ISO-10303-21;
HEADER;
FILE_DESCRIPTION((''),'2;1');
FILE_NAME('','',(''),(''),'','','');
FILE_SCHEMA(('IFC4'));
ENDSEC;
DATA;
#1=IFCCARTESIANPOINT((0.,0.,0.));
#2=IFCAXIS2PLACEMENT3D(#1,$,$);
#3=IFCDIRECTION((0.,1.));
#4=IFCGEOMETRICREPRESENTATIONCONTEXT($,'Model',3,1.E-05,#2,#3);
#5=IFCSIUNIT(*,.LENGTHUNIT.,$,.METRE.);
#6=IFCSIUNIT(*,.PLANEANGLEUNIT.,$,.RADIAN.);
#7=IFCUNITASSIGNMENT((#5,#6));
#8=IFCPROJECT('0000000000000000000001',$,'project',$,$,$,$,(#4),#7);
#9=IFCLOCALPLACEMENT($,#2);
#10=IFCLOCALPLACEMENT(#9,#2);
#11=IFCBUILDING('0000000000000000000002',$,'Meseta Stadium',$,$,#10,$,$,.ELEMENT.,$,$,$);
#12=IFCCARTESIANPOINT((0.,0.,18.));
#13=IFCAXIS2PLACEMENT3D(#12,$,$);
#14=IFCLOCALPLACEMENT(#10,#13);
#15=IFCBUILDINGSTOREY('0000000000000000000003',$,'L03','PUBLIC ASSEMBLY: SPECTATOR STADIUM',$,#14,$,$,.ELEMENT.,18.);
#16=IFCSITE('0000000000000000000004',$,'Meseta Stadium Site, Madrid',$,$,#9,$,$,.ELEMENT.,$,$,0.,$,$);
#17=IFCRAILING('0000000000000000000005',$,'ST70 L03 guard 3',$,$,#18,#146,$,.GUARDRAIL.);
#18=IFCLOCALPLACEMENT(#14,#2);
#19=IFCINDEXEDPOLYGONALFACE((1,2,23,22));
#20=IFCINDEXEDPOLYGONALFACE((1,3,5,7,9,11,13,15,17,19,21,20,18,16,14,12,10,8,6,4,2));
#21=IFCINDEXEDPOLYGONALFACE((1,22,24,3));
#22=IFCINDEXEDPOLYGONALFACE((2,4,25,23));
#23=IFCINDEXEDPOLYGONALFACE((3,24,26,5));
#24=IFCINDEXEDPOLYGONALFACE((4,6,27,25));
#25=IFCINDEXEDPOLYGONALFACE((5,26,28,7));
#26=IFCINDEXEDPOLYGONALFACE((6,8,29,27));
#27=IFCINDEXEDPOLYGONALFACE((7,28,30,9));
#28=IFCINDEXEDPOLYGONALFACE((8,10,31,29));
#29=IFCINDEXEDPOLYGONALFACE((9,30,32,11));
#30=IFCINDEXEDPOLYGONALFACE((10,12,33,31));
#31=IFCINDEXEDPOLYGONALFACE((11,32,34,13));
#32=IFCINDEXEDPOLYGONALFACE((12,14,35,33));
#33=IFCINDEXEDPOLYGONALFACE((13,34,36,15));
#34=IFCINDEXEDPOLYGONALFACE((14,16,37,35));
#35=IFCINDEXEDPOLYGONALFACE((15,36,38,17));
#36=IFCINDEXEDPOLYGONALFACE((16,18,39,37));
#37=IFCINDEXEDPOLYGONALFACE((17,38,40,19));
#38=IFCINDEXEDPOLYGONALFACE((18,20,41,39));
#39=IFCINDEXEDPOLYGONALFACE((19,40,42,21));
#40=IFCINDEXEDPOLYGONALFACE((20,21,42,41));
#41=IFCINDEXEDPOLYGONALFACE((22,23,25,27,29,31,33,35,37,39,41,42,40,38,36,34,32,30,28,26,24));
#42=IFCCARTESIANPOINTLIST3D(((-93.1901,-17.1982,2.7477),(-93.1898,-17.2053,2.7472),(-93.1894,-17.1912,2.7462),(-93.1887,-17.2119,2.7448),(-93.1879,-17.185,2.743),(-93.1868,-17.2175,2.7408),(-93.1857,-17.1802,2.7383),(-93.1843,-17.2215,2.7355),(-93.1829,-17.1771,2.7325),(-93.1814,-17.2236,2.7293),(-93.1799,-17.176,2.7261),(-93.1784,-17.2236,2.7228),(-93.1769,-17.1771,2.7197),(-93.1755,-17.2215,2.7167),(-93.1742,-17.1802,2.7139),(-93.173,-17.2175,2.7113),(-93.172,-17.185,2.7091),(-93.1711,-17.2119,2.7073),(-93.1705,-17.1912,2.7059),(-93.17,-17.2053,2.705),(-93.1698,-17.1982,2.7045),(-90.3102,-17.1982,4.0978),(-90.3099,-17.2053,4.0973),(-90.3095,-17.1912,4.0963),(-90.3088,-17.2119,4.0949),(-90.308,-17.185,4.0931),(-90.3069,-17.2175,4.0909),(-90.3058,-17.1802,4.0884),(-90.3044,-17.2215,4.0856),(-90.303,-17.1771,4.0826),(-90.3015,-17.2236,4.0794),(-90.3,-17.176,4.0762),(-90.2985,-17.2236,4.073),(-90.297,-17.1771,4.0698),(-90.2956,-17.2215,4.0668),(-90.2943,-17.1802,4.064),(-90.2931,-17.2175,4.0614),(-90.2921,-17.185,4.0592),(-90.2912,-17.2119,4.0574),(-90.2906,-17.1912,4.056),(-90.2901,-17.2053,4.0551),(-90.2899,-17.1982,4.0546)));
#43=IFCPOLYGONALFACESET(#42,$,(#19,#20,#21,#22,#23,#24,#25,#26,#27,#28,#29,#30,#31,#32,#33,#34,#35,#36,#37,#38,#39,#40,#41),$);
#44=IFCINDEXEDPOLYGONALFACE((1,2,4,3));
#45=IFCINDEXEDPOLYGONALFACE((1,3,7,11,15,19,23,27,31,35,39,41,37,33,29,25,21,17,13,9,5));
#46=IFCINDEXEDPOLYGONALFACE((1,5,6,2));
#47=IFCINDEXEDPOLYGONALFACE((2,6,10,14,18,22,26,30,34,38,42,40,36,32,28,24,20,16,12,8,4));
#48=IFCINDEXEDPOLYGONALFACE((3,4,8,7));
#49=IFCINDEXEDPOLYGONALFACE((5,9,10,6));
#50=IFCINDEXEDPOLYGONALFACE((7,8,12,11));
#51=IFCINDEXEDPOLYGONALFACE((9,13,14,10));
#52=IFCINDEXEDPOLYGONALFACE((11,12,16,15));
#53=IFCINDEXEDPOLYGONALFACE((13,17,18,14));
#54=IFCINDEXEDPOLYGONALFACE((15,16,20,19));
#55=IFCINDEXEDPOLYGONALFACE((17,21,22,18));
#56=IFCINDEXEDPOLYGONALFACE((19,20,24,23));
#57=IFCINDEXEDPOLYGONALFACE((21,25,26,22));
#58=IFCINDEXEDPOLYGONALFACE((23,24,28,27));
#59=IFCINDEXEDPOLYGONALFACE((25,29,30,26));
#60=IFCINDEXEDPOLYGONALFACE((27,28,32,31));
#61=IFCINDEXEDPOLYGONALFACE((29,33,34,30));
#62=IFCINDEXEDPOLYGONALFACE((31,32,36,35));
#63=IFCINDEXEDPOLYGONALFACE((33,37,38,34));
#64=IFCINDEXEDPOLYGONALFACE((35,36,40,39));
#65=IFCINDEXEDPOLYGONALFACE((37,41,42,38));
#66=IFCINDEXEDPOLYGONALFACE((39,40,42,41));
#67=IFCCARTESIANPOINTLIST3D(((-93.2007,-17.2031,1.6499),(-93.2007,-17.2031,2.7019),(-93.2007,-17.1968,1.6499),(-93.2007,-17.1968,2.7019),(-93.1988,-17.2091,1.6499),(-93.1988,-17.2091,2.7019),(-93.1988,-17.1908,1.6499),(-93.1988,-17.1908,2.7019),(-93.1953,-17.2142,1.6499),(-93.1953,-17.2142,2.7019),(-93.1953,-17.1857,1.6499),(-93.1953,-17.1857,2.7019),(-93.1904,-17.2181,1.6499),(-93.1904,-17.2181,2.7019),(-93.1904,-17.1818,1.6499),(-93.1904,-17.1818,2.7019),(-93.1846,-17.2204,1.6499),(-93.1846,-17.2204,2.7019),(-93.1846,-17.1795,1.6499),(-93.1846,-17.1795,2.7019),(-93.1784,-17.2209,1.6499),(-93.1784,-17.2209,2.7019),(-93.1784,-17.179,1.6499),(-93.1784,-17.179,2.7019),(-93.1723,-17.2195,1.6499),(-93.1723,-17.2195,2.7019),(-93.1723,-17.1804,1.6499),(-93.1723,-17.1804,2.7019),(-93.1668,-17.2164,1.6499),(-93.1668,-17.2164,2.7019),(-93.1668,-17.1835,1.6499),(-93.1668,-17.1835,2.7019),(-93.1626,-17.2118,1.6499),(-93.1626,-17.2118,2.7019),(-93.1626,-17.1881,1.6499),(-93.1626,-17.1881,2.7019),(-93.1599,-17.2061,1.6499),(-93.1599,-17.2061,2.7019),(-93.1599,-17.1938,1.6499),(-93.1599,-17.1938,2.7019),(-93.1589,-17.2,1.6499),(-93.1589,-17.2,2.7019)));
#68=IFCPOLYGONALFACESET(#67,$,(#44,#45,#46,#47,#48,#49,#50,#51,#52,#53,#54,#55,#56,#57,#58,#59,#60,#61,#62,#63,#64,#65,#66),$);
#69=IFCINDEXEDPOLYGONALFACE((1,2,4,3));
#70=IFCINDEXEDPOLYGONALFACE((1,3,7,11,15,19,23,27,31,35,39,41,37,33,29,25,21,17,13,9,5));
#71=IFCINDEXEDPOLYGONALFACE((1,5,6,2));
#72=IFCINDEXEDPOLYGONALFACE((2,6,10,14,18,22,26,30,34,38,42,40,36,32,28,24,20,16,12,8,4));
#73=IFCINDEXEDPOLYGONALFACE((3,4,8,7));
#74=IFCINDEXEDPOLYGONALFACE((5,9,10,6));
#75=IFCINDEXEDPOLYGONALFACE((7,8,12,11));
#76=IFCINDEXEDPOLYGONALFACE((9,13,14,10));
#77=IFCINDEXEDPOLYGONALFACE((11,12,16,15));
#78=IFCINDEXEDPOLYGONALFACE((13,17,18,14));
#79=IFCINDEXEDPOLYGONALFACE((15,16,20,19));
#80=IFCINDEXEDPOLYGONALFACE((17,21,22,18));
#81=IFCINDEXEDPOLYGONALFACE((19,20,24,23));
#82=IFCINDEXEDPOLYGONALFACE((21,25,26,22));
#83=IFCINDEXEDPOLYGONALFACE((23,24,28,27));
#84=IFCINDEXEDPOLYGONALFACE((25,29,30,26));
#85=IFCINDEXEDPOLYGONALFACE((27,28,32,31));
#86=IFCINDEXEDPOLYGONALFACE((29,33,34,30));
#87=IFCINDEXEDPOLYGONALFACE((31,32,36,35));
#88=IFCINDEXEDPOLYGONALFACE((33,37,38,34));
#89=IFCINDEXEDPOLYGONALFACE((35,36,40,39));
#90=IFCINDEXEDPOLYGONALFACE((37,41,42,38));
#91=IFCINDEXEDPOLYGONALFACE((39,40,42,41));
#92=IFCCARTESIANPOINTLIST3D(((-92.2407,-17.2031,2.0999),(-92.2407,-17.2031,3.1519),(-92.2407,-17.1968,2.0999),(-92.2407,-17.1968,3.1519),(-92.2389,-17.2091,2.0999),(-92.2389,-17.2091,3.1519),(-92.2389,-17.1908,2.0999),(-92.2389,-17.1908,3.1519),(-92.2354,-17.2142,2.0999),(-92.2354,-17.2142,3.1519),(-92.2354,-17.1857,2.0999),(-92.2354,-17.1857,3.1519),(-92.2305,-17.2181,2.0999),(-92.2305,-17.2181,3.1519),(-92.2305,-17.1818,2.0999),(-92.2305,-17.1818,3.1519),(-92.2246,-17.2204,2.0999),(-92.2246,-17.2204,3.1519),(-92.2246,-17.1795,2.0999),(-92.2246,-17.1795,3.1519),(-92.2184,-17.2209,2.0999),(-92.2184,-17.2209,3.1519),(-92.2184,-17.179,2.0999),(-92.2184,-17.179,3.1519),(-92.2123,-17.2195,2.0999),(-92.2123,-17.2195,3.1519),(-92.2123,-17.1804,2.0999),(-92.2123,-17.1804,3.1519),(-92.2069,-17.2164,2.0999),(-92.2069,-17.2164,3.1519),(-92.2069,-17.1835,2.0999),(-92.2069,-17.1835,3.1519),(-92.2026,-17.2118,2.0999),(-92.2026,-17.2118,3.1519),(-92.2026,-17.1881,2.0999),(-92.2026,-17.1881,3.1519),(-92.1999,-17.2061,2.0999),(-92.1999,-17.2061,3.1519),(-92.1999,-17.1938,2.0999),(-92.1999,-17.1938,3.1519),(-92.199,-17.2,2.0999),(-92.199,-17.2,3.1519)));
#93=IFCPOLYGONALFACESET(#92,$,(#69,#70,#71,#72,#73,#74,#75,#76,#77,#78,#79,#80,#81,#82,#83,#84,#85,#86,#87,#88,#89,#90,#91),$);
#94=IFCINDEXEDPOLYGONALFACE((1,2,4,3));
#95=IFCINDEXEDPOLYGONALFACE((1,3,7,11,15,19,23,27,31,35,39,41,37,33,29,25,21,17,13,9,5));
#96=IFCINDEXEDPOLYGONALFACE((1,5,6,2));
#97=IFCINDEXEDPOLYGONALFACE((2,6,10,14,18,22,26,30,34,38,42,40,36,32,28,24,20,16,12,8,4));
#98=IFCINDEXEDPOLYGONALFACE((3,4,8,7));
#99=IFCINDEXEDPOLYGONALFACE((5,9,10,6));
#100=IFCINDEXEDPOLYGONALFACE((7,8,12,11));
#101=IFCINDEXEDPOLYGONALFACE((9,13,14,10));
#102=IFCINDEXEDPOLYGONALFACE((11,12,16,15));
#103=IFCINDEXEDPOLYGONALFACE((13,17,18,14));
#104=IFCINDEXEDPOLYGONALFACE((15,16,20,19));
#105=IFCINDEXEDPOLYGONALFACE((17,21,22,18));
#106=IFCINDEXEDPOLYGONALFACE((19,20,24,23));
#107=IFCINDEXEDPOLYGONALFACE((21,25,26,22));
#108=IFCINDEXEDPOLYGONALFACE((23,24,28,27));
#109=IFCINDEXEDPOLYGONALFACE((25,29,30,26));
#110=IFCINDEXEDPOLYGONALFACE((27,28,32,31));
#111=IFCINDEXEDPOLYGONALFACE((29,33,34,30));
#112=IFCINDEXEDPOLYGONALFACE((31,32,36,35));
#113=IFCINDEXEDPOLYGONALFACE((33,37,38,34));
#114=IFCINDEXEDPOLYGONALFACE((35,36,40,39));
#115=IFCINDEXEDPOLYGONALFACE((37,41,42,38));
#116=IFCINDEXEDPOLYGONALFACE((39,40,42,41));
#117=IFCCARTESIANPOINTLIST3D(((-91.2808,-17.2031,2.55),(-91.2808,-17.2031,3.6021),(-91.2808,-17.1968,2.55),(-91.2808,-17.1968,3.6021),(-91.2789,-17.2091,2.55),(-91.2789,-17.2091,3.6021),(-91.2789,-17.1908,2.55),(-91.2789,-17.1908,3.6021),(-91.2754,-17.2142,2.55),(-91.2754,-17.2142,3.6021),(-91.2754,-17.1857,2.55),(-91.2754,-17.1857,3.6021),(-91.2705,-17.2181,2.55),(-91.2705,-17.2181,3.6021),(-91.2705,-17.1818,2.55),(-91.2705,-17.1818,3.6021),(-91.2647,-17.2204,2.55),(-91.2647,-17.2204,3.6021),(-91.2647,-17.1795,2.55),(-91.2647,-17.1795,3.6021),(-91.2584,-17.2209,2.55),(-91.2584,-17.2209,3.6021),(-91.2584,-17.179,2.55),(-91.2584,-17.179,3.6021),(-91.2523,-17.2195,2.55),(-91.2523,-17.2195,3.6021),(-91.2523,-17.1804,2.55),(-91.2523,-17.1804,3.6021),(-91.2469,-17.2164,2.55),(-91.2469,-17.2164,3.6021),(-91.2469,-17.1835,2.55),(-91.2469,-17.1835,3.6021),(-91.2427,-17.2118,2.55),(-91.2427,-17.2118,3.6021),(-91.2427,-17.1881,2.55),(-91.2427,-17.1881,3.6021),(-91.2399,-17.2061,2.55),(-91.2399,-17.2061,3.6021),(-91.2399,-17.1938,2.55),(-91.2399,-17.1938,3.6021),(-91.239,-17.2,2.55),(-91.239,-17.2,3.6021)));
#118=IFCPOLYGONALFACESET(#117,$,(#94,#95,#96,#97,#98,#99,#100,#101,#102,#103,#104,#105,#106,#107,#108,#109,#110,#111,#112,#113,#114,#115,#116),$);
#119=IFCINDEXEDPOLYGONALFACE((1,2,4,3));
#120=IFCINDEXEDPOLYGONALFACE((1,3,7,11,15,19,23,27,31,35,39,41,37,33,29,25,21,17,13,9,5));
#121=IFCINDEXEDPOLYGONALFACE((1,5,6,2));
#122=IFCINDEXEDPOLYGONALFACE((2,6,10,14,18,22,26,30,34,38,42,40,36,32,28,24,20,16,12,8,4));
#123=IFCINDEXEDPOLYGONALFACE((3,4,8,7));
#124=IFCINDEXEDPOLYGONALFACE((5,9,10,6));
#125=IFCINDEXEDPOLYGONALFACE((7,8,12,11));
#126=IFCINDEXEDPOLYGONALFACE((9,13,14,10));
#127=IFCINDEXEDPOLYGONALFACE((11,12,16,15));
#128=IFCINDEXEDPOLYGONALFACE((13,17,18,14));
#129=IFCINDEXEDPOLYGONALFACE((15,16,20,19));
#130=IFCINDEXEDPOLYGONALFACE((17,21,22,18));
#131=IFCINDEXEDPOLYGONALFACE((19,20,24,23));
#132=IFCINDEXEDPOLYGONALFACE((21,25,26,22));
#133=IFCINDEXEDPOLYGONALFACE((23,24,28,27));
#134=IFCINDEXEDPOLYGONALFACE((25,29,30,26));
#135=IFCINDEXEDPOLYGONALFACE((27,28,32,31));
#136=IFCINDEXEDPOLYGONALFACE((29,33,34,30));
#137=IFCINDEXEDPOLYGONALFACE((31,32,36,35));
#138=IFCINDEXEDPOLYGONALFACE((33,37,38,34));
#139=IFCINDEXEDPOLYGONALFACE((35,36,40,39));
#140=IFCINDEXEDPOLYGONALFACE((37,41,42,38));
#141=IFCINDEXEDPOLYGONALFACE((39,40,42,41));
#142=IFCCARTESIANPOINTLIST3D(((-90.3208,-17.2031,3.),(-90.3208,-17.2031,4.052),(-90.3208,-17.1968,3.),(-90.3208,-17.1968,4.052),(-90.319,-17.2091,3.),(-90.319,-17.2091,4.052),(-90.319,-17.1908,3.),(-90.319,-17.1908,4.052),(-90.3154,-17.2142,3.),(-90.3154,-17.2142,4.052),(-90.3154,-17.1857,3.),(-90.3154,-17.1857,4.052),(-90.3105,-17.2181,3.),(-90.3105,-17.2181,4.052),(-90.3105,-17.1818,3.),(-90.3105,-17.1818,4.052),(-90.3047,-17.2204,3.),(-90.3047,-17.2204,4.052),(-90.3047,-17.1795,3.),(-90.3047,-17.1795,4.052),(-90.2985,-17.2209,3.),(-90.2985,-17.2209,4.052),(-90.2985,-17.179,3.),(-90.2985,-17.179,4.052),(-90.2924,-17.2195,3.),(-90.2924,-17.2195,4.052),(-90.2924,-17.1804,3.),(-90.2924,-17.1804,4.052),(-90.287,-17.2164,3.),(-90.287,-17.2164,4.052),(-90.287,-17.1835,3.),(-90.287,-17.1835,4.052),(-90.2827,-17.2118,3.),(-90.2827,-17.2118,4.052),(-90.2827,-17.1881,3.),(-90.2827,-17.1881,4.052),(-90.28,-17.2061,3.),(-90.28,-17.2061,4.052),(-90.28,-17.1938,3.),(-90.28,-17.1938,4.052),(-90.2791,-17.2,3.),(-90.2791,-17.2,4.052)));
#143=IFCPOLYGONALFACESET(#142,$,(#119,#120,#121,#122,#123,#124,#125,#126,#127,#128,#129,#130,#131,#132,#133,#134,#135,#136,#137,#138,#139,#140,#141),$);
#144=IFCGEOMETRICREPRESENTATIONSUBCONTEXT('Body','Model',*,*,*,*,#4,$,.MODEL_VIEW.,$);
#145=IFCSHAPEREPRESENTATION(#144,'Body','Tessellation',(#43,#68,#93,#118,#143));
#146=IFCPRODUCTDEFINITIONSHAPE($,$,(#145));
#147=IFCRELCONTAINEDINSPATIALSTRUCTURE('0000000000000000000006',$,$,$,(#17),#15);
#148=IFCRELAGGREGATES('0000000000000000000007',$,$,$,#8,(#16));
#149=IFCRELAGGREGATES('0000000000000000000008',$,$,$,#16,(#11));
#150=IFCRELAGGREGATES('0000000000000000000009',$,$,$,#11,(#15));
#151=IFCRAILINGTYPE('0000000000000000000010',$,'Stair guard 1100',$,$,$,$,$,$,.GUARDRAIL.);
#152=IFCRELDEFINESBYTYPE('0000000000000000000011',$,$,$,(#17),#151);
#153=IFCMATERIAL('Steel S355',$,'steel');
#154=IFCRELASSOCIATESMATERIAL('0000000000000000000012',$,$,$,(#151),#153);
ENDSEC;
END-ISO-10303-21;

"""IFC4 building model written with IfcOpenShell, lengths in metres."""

from ifc_helpers import new_model, si_unit, direction, frame, origin, origin_2d, place, context, subcontext, project, spatial, circle, extrude, material, type_object, element, save


model = new_model("IFC4")

# Units and contexts
model_context = context("Model", 3, precision=1e-05, world=origin(), true_north=direction((0.0, 1.0)))
body_context = subcontext(model_context, "Body", "Model", "MODEL_VIEW")
ifc_project = project(units=[si_unit("LENGTHUNIT", "METRE"), si_unit("PLANEANGLEUNIT", "RADIAN")], contexts=[model_context])

# Site, building, storey
site_placement = place(None, origin())
site = spatial("IfcSite", under=ifc_project, at=site_placement, Name="Meseta Stadium Site, Madrid", CompositionType="ELEMENT", RefElevation=0.0)
building_placement = place(site_placement, origin())
building = spatial("IfcBuilding", under=site, at=building_placement, Name="Meseta Stadium", CompositionType="ELEMENT")
storey_placement = place(building_placement, frame((0.0, 0.0, 18.0)))
storey = spatial("IfcBuildingStorey", under=building, at=storey_placement, Name="L03", Description="PUBLIC ASSEMBLY: SPECTATOR STADIUM", CompositionType="ELEMENT", Elevation=18.0)

# Railing
ifc_material_1 = material(Name="Steel S355", Category="steel")
railing_type_1 = type_object("IfcRailingType", Name="Stair guard 1100", PredefinedType="GUARDRAIL", material=ifc_material_1)
railing_1_placement = place(storey_placement, frame((-93.1799, -17.2, 1.6499)))
element("IfcRailing", 1, at=railing_1_placement, inside=storey, type_object=railing_type_1, Name="ST70 L03 guard 3", PredefinedType="GUARDRAIL", context=body_context, shape_type="SweptSolid", body=[
    extrude(circle(Radius=0.0239, at=origin_2d()), frame((0.0, 0.0, 1.0762), z_axis=(0.90544, 0.0, 0.424473), x_axis=(0.0, 1.0, 0.0)), (0.0, 0.0, 1.0), 3.1807),
    extrude(circle(Radius=0.021, at=origin_2d()), origin(), (0.0, 0.0, 1.0), 1.052),
    extrude(circle(Radius=0.021, at=origin_2d()), frame((0.96, 0.0, 0.45)), (0.0, 0.0, 1.0), 1.052),
    extrude(circle(Radius=0.021, at=origin_2d()), frame((1.9199, 0.0, 0.9001)), (0.0, 0.0, 1.0), 1.052),
    extrude(circle(Radius=0.021, at=origin_2d()), frame((2.8799, 0.0, 1.3501)), (0.0, 0.0, 1.0), 1.052),
])

save(model, "model.ifc")
